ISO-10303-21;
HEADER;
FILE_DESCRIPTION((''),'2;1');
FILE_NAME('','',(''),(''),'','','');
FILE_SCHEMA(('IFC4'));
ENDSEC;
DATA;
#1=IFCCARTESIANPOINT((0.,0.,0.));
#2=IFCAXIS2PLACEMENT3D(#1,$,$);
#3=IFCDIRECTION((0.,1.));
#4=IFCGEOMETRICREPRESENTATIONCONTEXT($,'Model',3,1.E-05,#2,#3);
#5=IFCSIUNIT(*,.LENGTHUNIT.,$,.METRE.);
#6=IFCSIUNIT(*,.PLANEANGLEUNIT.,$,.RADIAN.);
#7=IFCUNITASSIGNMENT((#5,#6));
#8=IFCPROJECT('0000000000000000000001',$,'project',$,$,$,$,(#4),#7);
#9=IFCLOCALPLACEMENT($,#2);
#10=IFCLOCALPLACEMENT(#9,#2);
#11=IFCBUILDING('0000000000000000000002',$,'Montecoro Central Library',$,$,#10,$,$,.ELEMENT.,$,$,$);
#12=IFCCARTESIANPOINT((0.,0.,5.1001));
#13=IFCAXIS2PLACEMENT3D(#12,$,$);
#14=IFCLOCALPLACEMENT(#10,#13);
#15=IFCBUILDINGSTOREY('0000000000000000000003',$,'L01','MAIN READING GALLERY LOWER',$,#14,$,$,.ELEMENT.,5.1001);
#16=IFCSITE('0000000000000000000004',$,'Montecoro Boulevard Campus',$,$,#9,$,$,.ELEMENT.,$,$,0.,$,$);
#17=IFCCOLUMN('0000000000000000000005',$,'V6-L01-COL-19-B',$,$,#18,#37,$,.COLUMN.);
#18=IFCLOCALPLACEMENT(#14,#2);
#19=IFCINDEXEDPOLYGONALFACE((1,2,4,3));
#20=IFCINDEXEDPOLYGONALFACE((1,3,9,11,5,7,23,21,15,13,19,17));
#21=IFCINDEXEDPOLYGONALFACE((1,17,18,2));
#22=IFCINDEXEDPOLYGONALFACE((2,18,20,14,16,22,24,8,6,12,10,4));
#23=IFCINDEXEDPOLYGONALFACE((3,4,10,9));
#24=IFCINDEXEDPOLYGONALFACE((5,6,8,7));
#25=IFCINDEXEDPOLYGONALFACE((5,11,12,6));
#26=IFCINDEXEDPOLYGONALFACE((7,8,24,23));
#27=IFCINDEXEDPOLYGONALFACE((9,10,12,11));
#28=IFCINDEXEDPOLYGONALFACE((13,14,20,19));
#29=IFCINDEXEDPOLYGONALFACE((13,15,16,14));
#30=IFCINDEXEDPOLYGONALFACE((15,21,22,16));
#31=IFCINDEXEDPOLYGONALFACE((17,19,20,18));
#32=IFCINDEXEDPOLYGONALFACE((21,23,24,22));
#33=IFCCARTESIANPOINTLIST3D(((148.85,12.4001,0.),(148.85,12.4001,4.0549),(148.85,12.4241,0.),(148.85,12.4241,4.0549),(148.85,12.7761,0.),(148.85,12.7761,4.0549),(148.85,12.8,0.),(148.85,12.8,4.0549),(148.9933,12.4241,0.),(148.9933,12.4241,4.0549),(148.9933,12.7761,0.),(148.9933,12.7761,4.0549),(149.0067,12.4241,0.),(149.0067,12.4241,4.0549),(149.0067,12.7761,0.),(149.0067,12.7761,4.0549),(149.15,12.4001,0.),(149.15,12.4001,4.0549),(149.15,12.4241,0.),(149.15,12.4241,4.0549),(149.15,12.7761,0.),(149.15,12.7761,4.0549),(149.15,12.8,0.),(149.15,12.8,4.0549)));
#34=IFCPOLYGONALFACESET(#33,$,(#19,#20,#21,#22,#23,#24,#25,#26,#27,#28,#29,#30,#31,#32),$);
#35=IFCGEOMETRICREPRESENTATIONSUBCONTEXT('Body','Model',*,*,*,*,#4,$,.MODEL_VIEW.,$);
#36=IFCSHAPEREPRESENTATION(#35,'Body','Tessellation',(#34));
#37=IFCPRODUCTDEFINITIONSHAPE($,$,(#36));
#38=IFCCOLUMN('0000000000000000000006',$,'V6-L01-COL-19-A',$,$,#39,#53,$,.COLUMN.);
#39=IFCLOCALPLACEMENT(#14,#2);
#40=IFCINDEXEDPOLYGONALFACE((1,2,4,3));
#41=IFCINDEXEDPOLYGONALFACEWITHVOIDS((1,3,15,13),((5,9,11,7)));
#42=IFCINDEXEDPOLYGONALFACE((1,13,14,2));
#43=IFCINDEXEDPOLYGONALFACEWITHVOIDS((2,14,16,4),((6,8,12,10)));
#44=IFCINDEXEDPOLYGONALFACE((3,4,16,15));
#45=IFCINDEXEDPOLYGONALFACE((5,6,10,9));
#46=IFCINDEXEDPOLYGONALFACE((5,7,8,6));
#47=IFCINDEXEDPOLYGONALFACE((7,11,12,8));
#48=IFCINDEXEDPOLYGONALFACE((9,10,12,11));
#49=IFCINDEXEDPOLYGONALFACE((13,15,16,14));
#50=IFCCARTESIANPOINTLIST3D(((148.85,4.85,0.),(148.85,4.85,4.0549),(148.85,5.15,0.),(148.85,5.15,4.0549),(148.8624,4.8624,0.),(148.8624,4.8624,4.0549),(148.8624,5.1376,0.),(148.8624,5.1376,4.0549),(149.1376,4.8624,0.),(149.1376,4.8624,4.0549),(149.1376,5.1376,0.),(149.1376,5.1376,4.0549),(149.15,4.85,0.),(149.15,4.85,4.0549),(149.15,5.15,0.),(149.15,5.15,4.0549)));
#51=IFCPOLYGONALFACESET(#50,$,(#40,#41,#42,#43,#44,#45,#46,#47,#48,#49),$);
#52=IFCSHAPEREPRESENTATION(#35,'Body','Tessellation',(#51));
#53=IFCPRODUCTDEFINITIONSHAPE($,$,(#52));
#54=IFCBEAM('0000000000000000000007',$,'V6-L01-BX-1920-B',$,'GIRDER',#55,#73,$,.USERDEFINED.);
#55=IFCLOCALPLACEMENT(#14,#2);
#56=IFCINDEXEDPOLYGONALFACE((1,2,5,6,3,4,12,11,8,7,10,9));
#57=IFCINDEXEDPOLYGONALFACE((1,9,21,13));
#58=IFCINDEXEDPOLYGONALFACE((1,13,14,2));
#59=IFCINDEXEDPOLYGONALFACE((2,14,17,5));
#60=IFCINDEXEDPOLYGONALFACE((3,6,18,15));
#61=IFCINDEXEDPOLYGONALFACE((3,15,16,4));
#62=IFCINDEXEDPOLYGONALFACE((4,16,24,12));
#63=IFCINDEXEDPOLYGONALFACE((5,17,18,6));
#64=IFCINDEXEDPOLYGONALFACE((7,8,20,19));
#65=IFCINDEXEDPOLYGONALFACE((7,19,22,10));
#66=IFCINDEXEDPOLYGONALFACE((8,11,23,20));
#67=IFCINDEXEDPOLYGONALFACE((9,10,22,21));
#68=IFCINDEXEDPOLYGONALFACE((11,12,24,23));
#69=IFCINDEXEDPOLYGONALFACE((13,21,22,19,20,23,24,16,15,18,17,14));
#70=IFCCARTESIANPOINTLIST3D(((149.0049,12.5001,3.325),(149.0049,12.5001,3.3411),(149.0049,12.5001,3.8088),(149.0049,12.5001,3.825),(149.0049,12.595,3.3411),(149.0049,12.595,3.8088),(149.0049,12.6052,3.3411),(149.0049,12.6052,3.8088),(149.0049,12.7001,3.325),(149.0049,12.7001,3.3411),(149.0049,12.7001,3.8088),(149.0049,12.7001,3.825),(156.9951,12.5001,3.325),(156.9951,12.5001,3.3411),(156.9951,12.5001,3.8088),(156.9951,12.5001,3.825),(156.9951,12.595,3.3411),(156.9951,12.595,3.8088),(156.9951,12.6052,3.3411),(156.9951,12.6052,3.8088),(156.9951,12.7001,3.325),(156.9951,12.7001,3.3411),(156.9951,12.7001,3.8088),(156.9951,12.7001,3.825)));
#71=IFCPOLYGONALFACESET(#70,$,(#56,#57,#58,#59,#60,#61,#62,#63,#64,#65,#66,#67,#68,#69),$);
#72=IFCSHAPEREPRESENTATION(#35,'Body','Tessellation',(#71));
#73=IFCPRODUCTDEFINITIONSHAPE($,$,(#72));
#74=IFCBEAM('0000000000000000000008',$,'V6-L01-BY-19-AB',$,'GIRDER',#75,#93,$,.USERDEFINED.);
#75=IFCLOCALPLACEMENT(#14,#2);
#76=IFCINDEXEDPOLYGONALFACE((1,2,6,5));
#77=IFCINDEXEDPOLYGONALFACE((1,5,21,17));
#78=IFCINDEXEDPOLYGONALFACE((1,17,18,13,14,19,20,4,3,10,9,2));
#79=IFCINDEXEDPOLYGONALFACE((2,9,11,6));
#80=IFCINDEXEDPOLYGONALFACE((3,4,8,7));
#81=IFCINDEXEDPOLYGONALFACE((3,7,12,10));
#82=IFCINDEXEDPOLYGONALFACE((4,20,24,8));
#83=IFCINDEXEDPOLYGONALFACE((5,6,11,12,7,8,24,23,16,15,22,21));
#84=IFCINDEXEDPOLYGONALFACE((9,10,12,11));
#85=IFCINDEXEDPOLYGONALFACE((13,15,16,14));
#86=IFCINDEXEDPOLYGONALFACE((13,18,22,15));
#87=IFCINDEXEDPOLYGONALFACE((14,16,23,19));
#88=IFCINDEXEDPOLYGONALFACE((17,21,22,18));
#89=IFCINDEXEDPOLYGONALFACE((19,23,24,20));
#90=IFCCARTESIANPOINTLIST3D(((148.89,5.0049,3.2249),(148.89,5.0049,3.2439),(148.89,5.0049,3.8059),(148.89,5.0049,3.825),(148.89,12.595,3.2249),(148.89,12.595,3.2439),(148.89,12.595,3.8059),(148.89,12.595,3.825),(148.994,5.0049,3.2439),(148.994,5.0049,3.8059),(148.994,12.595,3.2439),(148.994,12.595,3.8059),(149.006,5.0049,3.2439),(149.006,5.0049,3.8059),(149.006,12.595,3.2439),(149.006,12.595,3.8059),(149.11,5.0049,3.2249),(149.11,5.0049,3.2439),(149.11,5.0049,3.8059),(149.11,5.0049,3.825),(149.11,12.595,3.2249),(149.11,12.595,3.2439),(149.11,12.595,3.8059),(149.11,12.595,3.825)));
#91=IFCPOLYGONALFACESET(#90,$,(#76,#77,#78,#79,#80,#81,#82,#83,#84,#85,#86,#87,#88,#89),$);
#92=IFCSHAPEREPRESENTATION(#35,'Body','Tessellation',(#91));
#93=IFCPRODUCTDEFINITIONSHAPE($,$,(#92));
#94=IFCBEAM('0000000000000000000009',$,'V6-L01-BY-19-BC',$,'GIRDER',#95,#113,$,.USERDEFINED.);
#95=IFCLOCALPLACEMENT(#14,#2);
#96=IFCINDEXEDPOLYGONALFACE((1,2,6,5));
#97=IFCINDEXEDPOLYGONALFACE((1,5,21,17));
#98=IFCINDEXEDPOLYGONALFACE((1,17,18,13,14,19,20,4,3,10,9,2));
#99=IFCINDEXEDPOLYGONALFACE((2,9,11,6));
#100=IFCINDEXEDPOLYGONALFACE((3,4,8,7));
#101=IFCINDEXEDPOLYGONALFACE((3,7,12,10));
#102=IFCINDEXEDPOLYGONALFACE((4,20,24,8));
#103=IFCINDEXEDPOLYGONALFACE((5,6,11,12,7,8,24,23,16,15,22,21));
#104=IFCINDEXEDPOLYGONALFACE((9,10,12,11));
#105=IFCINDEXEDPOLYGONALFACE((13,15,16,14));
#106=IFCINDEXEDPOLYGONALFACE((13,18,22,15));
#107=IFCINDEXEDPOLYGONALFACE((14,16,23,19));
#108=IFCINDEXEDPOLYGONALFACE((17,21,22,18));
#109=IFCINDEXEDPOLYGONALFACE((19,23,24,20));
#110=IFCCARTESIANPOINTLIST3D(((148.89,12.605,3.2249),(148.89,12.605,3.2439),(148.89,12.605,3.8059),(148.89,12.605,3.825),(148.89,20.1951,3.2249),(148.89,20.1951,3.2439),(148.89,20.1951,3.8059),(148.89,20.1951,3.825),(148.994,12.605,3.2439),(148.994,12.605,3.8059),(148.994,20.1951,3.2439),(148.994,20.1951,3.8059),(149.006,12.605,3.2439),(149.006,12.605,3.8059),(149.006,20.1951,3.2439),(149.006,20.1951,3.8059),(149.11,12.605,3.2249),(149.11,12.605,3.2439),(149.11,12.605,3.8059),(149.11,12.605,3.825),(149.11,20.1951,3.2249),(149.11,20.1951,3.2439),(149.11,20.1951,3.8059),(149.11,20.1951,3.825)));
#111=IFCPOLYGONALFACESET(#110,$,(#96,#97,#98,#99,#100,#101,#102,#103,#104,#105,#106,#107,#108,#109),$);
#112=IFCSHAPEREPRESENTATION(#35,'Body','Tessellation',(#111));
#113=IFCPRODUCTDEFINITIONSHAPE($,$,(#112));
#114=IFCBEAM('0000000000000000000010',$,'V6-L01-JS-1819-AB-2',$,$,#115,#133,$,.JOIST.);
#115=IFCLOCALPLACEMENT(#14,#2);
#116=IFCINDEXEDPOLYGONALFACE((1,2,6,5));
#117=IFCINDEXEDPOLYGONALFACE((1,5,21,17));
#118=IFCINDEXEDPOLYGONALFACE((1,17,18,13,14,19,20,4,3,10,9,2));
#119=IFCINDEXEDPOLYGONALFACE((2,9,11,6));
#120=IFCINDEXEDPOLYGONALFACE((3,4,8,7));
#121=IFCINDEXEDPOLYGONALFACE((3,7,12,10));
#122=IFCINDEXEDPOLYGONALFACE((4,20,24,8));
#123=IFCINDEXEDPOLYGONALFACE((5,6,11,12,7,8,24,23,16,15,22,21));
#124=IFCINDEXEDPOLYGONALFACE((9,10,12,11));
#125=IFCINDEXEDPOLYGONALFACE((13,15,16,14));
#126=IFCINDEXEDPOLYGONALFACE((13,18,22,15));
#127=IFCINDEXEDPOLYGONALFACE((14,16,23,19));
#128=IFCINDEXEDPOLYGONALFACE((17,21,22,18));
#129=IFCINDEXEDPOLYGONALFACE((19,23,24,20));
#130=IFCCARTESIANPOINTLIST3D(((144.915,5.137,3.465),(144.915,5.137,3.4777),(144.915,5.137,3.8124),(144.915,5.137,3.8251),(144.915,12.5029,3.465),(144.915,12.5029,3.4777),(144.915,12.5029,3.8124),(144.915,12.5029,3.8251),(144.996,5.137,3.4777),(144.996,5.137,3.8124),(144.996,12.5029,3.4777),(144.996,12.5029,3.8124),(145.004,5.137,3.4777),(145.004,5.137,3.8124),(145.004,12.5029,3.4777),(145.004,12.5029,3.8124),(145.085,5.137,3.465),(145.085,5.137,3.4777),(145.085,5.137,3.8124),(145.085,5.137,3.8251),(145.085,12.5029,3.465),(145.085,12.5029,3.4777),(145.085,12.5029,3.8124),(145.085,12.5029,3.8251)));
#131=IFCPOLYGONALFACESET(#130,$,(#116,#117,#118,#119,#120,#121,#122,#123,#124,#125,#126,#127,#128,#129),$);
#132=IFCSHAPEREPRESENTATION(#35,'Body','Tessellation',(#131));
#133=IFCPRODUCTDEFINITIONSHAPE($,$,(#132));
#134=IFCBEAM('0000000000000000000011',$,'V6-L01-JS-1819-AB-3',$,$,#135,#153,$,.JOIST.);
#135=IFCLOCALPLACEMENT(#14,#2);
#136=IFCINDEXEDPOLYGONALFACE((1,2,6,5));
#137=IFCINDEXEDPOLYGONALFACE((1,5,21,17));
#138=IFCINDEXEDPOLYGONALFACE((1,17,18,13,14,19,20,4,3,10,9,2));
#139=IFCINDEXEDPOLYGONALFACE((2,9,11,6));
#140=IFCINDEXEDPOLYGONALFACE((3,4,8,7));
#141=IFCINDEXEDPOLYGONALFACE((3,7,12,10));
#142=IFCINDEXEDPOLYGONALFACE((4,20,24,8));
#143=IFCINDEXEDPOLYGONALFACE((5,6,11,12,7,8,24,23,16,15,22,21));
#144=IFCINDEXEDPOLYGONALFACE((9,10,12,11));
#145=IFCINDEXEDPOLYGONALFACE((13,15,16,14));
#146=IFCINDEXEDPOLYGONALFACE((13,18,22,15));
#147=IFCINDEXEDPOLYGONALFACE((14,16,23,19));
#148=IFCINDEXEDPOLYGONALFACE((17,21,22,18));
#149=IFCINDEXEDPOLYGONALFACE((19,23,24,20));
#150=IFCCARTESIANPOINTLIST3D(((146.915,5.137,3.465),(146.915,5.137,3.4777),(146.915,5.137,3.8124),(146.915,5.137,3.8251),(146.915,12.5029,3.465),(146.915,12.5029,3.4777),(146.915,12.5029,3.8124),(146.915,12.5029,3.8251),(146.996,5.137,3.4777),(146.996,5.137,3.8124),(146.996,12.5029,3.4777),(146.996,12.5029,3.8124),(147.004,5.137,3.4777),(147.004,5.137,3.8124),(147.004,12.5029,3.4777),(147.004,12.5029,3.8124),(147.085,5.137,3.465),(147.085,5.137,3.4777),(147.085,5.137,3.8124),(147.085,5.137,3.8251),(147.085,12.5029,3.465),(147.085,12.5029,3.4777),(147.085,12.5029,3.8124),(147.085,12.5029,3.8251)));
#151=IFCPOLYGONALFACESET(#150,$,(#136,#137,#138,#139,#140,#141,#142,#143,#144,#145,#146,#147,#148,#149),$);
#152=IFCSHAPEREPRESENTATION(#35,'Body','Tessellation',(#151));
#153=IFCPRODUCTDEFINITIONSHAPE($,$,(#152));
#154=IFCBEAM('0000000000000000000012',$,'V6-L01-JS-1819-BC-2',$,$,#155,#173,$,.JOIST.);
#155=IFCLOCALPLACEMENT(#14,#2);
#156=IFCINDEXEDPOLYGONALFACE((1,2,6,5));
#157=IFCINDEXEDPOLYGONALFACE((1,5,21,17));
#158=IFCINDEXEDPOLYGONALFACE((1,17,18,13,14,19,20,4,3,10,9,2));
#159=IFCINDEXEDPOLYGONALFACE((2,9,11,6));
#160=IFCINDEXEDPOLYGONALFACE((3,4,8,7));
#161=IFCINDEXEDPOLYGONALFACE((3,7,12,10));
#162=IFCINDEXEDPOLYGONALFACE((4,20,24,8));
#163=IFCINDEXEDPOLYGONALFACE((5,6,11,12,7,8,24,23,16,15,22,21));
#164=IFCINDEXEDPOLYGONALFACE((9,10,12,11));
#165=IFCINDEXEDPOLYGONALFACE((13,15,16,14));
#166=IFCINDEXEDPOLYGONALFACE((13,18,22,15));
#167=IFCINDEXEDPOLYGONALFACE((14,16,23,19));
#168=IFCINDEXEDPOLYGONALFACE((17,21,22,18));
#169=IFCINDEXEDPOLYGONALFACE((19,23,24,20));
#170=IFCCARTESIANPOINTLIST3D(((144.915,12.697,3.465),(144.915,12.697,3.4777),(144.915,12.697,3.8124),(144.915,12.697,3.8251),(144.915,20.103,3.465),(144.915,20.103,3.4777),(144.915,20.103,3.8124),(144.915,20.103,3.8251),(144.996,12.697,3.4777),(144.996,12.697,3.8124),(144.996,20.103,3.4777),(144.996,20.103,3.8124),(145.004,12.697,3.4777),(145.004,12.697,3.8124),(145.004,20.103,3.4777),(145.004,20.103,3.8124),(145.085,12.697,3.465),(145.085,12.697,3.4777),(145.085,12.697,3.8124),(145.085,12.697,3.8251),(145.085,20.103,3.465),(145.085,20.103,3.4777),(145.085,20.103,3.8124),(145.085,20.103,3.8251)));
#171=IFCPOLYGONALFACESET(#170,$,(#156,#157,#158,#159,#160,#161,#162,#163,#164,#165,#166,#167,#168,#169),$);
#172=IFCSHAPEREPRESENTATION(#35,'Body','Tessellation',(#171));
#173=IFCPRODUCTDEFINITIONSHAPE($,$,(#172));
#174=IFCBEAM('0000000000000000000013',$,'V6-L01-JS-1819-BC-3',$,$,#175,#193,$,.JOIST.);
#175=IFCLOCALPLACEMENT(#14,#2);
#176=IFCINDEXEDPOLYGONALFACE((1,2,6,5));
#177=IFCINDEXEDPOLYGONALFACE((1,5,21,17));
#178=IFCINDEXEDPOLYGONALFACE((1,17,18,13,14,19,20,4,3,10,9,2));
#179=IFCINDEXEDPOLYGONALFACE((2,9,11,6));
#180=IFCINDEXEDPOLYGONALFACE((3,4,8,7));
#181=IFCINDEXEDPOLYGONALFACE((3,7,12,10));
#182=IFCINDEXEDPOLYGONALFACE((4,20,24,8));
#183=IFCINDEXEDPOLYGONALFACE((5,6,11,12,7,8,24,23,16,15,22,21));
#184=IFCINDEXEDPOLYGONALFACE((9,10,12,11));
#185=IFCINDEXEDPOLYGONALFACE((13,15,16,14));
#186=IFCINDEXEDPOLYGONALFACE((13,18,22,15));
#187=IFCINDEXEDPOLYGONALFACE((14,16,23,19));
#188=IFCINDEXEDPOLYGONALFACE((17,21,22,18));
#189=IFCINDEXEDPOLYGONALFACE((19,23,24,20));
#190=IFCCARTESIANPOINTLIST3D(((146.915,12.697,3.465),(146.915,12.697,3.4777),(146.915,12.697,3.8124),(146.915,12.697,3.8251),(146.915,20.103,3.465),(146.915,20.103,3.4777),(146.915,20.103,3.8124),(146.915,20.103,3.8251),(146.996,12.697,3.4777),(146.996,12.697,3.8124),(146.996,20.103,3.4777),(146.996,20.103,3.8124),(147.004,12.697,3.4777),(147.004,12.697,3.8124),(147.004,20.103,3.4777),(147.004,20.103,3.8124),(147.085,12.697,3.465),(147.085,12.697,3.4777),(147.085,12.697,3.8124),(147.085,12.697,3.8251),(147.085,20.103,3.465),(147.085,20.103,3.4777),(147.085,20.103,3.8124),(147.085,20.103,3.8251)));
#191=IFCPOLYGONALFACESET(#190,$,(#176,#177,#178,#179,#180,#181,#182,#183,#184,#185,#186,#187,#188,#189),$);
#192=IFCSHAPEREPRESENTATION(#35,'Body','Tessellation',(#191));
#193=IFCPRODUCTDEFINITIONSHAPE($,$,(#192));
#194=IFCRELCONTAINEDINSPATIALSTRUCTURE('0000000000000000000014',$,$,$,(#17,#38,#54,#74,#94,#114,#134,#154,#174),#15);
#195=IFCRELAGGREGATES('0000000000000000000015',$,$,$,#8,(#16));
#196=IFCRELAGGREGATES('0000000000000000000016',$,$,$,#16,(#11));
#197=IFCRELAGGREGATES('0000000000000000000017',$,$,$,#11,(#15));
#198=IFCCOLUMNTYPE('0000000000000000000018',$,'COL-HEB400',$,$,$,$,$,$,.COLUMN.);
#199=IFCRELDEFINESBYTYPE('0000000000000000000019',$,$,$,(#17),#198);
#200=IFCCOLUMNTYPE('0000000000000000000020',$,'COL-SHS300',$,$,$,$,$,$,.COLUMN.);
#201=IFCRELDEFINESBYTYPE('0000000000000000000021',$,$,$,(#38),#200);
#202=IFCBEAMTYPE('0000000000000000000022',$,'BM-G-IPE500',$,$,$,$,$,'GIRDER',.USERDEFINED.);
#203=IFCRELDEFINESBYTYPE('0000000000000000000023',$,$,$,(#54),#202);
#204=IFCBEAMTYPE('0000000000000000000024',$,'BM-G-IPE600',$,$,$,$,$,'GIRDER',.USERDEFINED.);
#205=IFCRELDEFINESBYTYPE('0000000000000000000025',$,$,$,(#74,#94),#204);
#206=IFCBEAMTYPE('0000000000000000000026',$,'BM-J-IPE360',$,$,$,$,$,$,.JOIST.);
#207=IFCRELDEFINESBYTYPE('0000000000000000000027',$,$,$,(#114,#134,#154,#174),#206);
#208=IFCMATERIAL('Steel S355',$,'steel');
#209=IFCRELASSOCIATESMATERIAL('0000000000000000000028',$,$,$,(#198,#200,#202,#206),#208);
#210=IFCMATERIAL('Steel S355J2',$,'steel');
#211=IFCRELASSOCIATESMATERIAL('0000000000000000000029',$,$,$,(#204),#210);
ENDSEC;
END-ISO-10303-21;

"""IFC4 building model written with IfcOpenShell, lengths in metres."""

from ifc_helpers import new_model, si_unit, direction, frame, origin, origin_2d, place, context, subcontext, project, spatial, hollow_rectangle, i_section, extrude, material, material_profile, profile_set, type_object, element, save


model = new_model("IFC4")

# Units and contexts
model_context = context("Model", 3, precision=1e-05, world=origin(), true_north=direction((0.0, 1.0)))
body_context = subcontext(model_context, "Body", "Model", "MODEL_VIEW")
ifc_project = project(units=[si_unit("LENGTHUNIT", "METRE"), si_unit("PLANEANGLEUNIT", "RADIAN")], contexts=[model_context])

# Site, building, storey
site_placement = place(None, origin())
site = spatial("IfcSite", under=ifc_project, at=site_placement, Name="Montecoro Boulevard Campus", CompositionType="ELEMENT", RefElevation=0.0)
building_placement = place(site_placement, origin())
building = spatial("IfcBuilding", under=site, at=building_placement, Name="Montecoro Central Library", CompositionType="ELEMENT")
storey_placement = place(building_placement, frame((0.0, 0.0, 5.1001)))
storey = spatial("IfcBuildingStorey", under=building, at=storey_placement, Name="L01", Description="MAIN READING GALLERY LOWER", CompositionType="ELEMENT", Elevation=5.1001)

# Columns
ifc_material_1 = material(Name="Steel S355", Category="steel")
ifc_material_profile_1 = material_profile(ifc_material_1, i_section(OverallWidth=0.3, OverallDepth=0.3999, WebThickness=0.0134, FlangeThickness=0.0239, at=origin_2d()), Name="HEB 400")
ifc_profile_set_1 = profile_set([ifc_material_profile_1], Name="Steel S355")
column_type_1 = type_object("IfcColumnType", Name="COL-HEB400", PredefinedType="COLUMN", material=ifc_profile_set_1)
column_1_placement = place(storey_placement, frame((149.0, 12.6001, 0.0), z_axis=(0.0, 0.0, 1.0), x_axis=(1.0, 0.0, 0.0)))
element("IfcColumn", 1, at=column_1_placement, inside=storey, type_object=column_type_1, Name="V6-L01-COL-19-B", PredefinedType="COLUMN", context=body_context, shape_type="SweptSolid", body=[
    extrude(i_section(OverallWidth=0.3, OverallDepth=0.3999, WebThickness=0.0134, FlangeThickness=0.0239, at=origin_2d()), origin(), (0.0, 0.0, 1.0), 4.0549),
])
ifc_material_profile_2 = material_profile(ifc_material_1, hollow_rectangle(XDim=0.3, YDim=0.3, WallThickness=0.0125, at=origin_2d()), Name="SHS 300x300x12.5")
ifc_profile_set_2 = profile_set([ifc_material_profile_2], Name="Steel S355")
column_type_2 = type_object("IfcColumnType", Name="COL-SHS300", PredefinedType="COLUMN", material=ifc_profile_set_2)
column_2_placement = place(storey_placement, frame((149.0, 5.0, 0.0), z_axis=(0.0, 0.0, 1.0), x_axis=(1.0, 0.0, 0.0)))
element("IfcColumn", 2, at=column_2_placement, inside=storey, type_object=column_type_2, Name="V6-L01-COL-19-A", PredefinedType="COLUMN", context=body_context, shape_type="SweptSolid", body=[
    extrude(hollow_rectangle(XDim=0.3, YDim=0.3, WallThickness=0.0125, at=origin_2d()), origin(), (0.0, 0.0, 1.0), 4.0549),
])

# Beams
ifc_material_profile_3 = material_profile(ifc_material_1, i_section(OverallWidth=0.2, OverallDepth=0.5, WebThickness=0.0103, FlangeThickness=0.0161, at=origin_2d()), Name="IPE 500")
ifc_profile_set_3 = profile_set([ifc_material_profile_3], Name="Steel S355")
beam_type_1 = type_object("IfcBeamType", Name="BM-G-IPE500", ElementType="GIRDER", PredefinedType="USERDEFINED", material=ifc_profile_set_3)
beam_1_placement = place(storey_placement, frame((149.0049, 12.6001, 3.575), z_axis=(1.0, 0.0, 0.0), x_axis=(0.0, 1.0, 0.0)))
element("IfcBeam", 3, at=beam_1_placement, inside=storey, type_object=beam_type_1, Name="V6-L01-BX-1920-B", ObjectType="GIRDER", PredefinedType="USERDEFINED", context=body_context, shape_type="SweptSolid", body=[
    extrude(i_section(OverallWidth=0.2, OverallDepth=0.5, WebThickness=0.0103, FlangeThickness=0.0161, at=origin_2d()), origin(), (0.0, 0.0, 1.0), 7.9902),
])
ifc_material_2 = material(Name="Steel S355J2", Category="steel")
ifc_material_profile_4 = material_profile(ifc_material_2, i_section(OverallWidth=0.22, OverallDepth=0.6001, WebThickness=0.012, FlangeThickness=0.019, at=origin_2d()), Name="IPE 600")
ifc_profile_set_4 = profile_set([ifc_material_profile_4], Name="Steel S355J2")
beam_type_2 = type_object("IfcBeamType", Name="BM-G-IPE600", ElementType="GIRDER", PredefinedType="USERDEFINED", material=ifc_profile_set_4)
for number, where, z_axis, x_axis, name in (
    (4, (149.0, 5.0049, 3.5249), (0.0, 1.0, 0.0), (-1.0, 0.0, 0.0), "V6-L01-BY-19-AB"),
    (5, (149.0, 12.605, 3.5249), (0.0, 1.0, 0.0), (-1.0, 0.0, 0.0), "V6-L01-BY-19-BC"),
):
    element("IfcBeam", number, at=place(storey_placement, frame(where, z_axis=z_axis, x_axis=x_axis)), inside=storey, type_object=beam_type_2, Name=name, ObjectType="GIRDER", PredefinedType="USERDEFINED", context=body_context, shape_type="SweptSolid", body=[
        extrude(i_section(OverallWidth=0.22, OverallDepth=0.6001, WebThickness=0.012, FlangeThickness=0.019, at=origin_2d()), origin(), (0.0, 0.0, 1.0), 7.5901),
    ])
ifc_material_profile_5 = material_profile(ifc_material_1, i_section(OverallWidth=0.1699, OverallDepth=0.3601, WebThickness=0.0081, FlangeThickness=0.0127, at=origin_2d()), Name="IPE 360")
ifc_profile_set_5 = profile_set([ifc_material_profile_5], Name="Steel S355")
beam_type_3 = type_object("IfcBeamType", Name="BM-J-IPE360", PredefinedType="JOIST", material=ifc_profile_set_5)
for number, where, z_axis, x_axis, name in (
    (6, (145.0, 5.137, 3.645), (0.0, 1.0, 0.0), (-1.0, 0.0, 0.0), "V6-L01-JS-1819-AB-2"),
    (7, (147.0, 5.137, 3.645), (0.0, 1.0, 0.0), (-1.0, 0.0, 0.0), "V6-L01-JS-1819-AB-3"),
):
    element("IfcBeam", number, at=place(storey_placement, frame(where, z_axis=z_axis, x_axis=x_axis)), inside=storey, type_object=beam_type_3, Name=name, PredefinedType="JOIST", context=body_context, shape_type="SweptSolid", body=[
        extrude(i_section(OverallWidth=0.1699, OverallDepth=0.3601, WebThickness=0.0081, FlangeThickness=0.0127, at=origin_2d()), origin(), (0.0, 0.0, 1.0), 7.366),
    ])
for number, where, z_axis, x_axis, name in (
    (8, (145.0, 12.697, 3.645), (0.0, 1.0, 0.0), (-1.0, 0.0, 0.0), "V6-L01-JS-1819-BC-2"),
    (9, (147.0, 12.697, 3.645), (0.0, 1.0, 0.0), (-1.0, 0.0, 0.0), "V6-L01-JS-1819-BC-3"),
):
    element("IfcBeam", number, at=place(storey_placement, frame(where, z_axis=z_axis, x_axis=x_axis)), inside=storey, type_object=beam_type_3, Name=name, PredefinedType="JOIST", context=body_context, shape_type="SweptSolid", body=[
        extrude(i_section(OverallWidth=0.1699, OverallDepth=0.3601, WebThickness=0.0081, FlangeThickness=0.0127, at=origin_2d()), origin(), (0.0, 0.0, 1.0), 7.406),
    ])

save(model, "model.ifc")
